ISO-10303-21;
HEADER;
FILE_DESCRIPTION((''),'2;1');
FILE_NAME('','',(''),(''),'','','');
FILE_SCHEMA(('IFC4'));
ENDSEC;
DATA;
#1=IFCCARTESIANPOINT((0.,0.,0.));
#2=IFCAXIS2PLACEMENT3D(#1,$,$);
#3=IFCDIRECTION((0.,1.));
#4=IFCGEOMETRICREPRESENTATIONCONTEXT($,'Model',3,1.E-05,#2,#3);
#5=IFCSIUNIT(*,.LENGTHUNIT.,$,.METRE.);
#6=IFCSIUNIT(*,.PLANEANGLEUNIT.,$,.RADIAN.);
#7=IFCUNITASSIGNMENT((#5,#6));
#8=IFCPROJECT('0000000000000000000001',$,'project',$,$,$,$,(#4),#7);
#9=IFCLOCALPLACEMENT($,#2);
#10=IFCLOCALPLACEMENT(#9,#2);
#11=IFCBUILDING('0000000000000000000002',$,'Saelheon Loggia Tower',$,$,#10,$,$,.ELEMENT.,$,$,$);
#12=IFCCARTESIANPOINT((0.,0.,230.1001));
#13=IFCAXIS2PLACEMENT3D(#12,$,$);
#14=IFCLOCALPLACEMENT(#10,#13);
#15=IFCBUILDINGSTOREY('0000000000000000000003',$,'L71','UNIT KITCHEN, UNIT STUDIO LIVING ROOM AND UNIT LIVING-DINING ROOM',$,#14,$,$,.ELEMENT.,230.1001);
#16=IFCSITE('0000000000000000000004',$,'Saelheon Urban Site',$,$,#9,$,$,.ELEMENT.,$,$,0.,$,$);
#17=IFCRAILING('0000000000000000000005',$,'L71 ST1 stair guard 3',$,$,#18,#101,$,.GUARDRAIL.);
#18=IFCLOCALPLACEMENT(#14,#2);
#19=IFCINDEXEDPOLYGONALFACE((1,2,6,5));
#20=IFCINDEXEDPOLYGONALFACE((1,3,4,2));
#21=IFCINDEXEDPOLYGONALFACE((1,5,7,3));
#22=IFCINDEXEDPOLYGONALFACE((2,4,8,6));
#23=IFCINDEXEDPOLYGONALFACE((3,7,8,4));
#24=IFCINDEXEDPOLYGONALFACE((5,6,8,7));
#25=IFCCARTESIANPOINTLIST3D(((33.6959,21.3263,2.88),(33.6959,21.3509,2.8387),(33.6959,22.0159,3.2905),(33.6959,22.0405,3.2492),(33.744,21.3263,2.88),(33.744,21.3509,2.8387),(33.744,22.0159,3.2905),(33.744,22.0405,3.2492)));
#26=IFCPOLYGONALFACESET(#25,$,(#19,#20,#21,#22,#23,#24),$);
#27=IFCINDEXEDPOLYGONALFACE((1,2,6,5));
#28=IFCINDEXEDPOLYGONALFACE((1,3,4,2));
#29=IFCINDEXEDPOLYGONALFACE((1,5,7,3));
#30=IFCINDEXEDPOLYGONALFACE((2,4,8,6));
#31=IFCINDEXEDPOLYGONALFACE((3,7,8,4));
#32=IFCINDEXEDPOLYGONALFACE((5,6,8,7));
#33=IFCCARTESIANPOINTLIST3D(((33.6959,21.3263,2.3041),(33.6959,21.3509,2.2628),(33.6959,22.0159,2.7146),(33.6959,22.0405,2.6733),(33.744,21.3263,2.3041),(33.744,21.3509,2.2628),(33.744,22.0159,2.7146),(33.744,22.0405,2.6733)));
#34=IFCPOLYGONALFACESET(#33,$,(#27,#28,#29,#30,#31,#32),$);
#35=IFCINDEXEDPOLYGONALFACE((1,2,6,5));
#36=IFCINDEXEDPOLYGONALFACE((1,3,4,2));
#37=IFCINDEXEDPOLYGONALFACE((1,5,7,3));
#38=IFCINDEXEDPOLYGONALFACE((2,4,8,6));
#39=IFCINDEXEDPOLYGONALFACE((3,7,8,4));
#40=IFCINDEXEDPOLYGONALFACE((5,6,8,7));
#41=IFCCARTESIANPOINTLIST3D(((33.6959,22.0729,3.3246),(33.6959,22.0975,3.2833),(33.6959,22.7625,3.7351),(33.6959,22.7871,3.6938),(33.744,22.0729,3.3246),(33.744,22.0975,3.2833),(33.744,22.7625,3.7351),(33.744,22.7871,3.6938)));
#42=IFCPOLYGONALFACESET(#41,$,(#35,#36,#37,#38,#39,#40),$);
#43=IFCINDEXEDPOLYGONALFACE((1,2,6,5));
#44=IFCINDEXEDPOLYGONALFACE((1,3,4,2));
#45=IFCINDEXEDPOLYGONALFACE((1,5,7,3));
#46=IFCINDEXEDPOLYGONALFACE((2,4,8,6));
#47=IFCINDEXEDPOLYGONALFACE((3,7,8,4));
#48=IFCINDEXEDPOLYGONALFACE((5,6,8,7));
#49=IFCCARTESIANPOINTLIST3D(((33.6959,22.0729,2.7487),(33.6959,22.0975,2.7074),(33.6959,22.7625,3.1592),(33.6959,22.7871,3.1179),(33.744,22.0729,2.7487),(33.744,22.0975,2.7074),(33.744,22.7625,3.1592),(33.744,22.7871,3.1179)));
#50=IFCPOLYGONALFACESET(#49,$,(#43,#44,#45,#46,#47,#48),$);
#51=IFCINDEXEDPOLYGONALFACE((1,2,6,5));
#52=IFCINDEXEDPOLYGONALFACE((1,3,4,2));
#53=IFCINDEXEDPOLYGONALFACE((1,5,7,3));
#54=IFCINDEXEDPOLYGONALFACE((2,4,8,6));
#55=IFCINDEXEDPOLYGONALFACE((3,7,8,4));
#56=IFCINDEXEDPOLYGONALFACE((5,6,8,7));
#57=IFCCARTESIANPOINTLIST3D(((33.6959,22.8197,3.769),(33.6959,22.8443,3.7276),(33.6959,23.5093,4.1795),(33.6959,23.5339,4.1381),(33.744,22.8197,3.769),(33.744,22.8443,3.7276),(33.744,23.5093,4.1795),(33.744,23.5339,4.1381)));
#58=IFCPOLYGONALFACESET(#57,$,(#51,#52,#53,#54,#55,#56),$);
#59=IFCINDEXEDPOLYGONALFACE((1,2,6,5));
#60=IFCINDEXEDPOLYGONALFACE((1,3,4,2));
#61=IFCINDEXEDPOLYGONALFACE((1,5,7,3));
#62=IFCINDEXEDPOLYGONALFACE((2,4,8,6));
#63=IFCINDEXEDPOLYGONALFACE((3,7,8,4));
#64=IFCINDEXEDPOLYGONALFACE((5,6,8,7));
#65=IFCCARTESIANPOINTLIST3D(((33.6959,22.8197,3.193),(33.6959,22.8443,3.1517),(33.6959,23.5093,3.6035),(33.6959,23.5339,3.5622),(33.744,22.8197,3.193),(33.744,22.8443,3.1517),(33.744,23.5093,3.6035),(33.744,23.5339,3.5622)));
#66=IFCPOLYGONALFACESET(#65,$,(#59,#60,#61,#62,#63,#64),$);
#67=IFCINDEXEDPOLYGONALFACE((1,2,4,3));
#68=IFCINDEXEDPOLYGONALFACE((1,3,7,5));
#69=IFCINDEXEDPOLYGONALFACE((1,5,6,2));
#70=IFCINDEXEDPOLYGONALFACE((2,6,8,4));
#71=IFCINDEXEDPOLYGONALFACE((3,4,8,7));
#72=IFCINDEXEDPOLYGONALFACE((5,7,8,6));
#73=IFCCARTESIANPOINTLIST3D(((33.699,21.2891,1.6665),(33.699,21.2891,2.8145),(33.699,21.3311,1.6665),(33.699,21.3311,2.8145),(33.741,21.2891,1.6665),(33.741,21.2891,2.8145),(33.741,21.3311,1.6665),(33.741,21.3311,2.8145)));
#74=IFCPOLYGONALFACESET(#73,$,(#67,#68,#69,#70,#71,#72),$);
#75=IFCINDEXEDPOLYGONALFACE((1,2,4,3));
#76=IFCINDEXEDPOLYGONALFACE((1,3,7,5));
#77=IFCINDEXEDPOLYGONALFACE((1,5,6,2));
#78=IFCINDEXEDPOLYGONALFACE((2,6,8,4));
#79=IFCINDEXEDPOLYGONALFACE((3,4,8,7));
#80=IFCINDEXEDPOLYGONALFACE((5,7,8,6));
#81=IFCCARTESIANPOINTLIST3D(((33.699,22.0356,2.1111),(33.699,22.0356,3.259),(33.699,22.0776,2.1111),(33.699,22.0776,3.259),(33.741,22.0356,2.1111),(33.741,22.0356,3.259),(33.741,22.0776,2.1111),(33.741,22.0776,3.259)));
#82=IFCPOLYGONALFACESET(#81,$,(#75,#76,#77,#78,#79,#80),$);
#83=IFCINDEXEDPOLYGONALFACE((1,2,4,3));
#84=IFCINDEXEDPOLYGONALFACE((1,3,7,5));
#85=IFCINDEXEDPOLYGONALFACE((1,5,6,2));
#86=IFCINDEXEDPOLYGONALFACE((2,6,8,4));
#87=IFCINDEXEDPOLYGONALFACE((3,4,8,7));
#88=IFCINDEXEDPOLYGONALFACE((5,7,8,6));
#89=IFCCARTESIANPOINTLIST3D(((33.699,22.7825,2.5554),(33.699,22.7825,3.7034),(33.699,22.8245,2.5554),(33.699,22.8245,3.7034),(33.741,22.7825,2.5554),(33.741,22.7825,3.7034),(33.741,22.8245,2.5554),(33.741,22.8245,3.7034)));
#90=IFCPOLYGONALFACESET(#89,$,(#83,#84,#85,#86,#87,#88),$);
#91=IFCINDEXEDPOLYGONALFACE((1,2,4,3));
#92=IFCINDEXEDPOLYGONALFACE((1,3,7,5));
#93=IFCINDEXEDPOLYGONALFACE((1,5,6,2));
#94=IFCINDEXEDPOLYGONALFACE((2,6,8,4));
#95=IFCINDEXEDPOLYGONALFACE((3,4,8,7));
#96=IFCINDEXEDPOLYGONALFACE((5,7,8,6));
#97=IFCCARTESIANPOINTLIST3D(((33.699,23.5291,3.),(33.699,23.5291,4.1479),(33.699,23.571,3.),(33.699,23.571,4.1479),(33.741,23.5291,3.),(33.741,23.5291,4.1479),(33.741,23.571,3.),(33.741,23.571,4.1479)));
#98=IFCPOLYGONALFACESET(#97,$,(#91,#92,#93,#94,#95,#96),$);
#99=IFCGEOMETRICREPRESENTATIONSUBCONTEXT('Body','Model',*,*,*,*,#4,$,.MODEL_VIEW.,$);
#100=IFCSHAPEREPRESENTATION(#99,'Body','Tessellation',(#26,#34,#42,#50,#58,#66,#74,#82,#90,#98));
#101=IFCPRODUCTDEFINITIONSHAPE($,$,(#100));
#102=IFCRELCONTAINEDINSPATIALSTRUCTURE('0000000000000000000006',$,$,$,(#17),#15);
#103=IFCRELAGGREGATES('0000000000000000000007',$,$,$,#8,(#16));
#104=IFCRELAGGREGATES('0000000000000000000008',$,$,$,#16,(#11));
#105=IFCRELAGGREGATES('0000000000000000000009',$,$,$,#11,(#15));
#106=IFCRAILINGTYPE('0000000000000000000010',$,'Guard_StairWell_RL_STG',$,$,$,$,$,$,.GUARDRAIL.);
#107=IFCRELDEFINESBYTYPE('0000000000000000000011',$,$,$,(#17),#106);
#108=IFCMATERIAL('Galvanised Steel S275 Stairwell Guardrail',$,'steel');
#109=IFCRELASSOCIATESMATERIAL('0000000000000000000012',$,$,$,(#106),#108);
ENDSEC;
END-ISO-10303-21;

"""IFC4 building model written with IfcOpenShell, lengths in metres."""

from ifc_helpers import new_model, si_unit, direction, frame, origin, origin_2d, place, context, subcontext, project, spatial, rectangle, extrude, material, type_object, element, save


model = new_model("IFC4")

# Units and contexts
model_context = context("Model", 3, precision=1e-05, world=origin(), true_north=direction((0.0, 1.0)))
body_context = subcontext(model_context, "Body", "Model", "MODEL_VIEW")
ifc_project = project(units=[si_unit("LENGTHUNIT", "METRE"), si_unit("PLANEANGLEUNIT", "RADIAN")], contexts=[model_context])

# Site, building, storey
site_placement = place(None, origin())
site = spatial("IfcSite", under=ifc_project, at=site_placement, Name="Saelheon Urban Site", CompositionType="ELEMENT", RefElevation=0.0)
building_placement = place(site_placement, origin())
building = spatial("IfcBuilding", under=site, at=building_placement, Name="Saelheon Loggia Tower", CompositionType="ELEMENT")
storey_placement = place(building_placement, frame((0.0, 0.0, 230.1001)))
storey = spatial("IfcBuildingStorey", under=building, at=storey_placement, Name="L71", Description="UNIT KITCHEN, UNIT STUDIO LIVING ROOM AND UNIT LIVING-DINING ROOM", CompositionType="ELEMENT", Elevation=230.1001)

# Railing
ifc_material_1 = material(Name="Galvanised Steel S275 Stairwell Guardrail", Category="steel")
railing_type = type_object("IfcRailingType", Name="Guard_StairWell_RL_STG", PredefinedType="GUARDRAIL", material=ifc_material_1)
railing_1_placement = place(storey_placement, frame((33.72, 21.3101, 1.6665)))
element("IfcRailing", 1, at=railing_1_placement, inside=storey, type_object=railing_type, Name="L71 ST1 stair guard 3", PredefinedType="GUARDRAIL", context=body_context, shape_type="SweptSolid", body=[
    extrude(rectangle(XDim=0.0481, YDim=0.0481, at=origin_2d()), frame((0.0, 0.0286, 1.1929), z_axis=(0.0, 0.859264, 0.511532), x_axis=(-1.0, 0.0, 0.0)), (0.0, 0.0, 1.0), 0.8025),
    extrude(rectangle(XDim=0.0481, YDim=0.0481, at=origin_2d()), frame((0.0, 0.0286, 0.6169), z_axis=(0.0, 0.859264, 0.511532), x_axis=(-1.0, 0.0, 0.0)), (0.0, 0.0, 1.0), 0.8025),
    extrude(rectangle(XDim=0.0481, YDim=0.0481, at=origin_2d()), frame((0.0, 0.7751, 1.6375), z_axis=(0.0, 0.859264, 0.511532), x_axis=(-1.0, 0.0, 0.0)), (0.0, 0.0, 1.0), 0.8025),
    extrude(rectangle(XDim=0.0481, YDim=0.0481, at=origin_2d()), frame((0.0, 0.7751, 1.0615), z_axis=(0.0, 0.859264, 0.511532), x_axis=(-1.0, 0.0, 0.0)), (0.0, 0.0, 1.0), 0.8025),
    extrude(rectangle(XDim=0.0481, YDim=0.0481, at=origin_2d()), frame((0.0, 1.522, 2.0818), z_axis=(0.0, 0.859264, 0.511532), x_axis=(-1.0, 0.0, 0.0)), (0.0, 0.0, 1.0), 0.8025),
    extrude(rectangle(XDim=0.0481, YDim=0.0481, at=origin_2d()), frame((0.0, 1.522, 1.5059), z_axis=(0.0, 0.859264, 0.511532), x_axis=(-1.0, 0.0, 0.0)), (0.0, 0.0, 1.0), 0.8025),
    extrude(rectangle(XDim=0.042, YDim=0.042, at=origin_2d()), origin(), (0.0, 0.0, 1.0), 1.1479),
    extrude(rectangle(XDim=0.042, YDim=0.042, at=origin_2d()), frame((0.0, 0.7466, 0.4446)), (0.0, 0.0, 1.0), 1.1479),
    extrude(rectangle(XDim=0.042, YDim=0.042, at=origin_2d()), frame((0.0, 1.4934, 0.8889)), (0.0, 0.0, 1.0), 1.1479),
    extrude(rectangle(XDim=0.042, YDim=0.042, at=origin_2d()), frame((0.0, 2.24, 1.3335)), (0.0, 0.0, 1.0), 1.1479),
])

save(model, "model.ifc")
